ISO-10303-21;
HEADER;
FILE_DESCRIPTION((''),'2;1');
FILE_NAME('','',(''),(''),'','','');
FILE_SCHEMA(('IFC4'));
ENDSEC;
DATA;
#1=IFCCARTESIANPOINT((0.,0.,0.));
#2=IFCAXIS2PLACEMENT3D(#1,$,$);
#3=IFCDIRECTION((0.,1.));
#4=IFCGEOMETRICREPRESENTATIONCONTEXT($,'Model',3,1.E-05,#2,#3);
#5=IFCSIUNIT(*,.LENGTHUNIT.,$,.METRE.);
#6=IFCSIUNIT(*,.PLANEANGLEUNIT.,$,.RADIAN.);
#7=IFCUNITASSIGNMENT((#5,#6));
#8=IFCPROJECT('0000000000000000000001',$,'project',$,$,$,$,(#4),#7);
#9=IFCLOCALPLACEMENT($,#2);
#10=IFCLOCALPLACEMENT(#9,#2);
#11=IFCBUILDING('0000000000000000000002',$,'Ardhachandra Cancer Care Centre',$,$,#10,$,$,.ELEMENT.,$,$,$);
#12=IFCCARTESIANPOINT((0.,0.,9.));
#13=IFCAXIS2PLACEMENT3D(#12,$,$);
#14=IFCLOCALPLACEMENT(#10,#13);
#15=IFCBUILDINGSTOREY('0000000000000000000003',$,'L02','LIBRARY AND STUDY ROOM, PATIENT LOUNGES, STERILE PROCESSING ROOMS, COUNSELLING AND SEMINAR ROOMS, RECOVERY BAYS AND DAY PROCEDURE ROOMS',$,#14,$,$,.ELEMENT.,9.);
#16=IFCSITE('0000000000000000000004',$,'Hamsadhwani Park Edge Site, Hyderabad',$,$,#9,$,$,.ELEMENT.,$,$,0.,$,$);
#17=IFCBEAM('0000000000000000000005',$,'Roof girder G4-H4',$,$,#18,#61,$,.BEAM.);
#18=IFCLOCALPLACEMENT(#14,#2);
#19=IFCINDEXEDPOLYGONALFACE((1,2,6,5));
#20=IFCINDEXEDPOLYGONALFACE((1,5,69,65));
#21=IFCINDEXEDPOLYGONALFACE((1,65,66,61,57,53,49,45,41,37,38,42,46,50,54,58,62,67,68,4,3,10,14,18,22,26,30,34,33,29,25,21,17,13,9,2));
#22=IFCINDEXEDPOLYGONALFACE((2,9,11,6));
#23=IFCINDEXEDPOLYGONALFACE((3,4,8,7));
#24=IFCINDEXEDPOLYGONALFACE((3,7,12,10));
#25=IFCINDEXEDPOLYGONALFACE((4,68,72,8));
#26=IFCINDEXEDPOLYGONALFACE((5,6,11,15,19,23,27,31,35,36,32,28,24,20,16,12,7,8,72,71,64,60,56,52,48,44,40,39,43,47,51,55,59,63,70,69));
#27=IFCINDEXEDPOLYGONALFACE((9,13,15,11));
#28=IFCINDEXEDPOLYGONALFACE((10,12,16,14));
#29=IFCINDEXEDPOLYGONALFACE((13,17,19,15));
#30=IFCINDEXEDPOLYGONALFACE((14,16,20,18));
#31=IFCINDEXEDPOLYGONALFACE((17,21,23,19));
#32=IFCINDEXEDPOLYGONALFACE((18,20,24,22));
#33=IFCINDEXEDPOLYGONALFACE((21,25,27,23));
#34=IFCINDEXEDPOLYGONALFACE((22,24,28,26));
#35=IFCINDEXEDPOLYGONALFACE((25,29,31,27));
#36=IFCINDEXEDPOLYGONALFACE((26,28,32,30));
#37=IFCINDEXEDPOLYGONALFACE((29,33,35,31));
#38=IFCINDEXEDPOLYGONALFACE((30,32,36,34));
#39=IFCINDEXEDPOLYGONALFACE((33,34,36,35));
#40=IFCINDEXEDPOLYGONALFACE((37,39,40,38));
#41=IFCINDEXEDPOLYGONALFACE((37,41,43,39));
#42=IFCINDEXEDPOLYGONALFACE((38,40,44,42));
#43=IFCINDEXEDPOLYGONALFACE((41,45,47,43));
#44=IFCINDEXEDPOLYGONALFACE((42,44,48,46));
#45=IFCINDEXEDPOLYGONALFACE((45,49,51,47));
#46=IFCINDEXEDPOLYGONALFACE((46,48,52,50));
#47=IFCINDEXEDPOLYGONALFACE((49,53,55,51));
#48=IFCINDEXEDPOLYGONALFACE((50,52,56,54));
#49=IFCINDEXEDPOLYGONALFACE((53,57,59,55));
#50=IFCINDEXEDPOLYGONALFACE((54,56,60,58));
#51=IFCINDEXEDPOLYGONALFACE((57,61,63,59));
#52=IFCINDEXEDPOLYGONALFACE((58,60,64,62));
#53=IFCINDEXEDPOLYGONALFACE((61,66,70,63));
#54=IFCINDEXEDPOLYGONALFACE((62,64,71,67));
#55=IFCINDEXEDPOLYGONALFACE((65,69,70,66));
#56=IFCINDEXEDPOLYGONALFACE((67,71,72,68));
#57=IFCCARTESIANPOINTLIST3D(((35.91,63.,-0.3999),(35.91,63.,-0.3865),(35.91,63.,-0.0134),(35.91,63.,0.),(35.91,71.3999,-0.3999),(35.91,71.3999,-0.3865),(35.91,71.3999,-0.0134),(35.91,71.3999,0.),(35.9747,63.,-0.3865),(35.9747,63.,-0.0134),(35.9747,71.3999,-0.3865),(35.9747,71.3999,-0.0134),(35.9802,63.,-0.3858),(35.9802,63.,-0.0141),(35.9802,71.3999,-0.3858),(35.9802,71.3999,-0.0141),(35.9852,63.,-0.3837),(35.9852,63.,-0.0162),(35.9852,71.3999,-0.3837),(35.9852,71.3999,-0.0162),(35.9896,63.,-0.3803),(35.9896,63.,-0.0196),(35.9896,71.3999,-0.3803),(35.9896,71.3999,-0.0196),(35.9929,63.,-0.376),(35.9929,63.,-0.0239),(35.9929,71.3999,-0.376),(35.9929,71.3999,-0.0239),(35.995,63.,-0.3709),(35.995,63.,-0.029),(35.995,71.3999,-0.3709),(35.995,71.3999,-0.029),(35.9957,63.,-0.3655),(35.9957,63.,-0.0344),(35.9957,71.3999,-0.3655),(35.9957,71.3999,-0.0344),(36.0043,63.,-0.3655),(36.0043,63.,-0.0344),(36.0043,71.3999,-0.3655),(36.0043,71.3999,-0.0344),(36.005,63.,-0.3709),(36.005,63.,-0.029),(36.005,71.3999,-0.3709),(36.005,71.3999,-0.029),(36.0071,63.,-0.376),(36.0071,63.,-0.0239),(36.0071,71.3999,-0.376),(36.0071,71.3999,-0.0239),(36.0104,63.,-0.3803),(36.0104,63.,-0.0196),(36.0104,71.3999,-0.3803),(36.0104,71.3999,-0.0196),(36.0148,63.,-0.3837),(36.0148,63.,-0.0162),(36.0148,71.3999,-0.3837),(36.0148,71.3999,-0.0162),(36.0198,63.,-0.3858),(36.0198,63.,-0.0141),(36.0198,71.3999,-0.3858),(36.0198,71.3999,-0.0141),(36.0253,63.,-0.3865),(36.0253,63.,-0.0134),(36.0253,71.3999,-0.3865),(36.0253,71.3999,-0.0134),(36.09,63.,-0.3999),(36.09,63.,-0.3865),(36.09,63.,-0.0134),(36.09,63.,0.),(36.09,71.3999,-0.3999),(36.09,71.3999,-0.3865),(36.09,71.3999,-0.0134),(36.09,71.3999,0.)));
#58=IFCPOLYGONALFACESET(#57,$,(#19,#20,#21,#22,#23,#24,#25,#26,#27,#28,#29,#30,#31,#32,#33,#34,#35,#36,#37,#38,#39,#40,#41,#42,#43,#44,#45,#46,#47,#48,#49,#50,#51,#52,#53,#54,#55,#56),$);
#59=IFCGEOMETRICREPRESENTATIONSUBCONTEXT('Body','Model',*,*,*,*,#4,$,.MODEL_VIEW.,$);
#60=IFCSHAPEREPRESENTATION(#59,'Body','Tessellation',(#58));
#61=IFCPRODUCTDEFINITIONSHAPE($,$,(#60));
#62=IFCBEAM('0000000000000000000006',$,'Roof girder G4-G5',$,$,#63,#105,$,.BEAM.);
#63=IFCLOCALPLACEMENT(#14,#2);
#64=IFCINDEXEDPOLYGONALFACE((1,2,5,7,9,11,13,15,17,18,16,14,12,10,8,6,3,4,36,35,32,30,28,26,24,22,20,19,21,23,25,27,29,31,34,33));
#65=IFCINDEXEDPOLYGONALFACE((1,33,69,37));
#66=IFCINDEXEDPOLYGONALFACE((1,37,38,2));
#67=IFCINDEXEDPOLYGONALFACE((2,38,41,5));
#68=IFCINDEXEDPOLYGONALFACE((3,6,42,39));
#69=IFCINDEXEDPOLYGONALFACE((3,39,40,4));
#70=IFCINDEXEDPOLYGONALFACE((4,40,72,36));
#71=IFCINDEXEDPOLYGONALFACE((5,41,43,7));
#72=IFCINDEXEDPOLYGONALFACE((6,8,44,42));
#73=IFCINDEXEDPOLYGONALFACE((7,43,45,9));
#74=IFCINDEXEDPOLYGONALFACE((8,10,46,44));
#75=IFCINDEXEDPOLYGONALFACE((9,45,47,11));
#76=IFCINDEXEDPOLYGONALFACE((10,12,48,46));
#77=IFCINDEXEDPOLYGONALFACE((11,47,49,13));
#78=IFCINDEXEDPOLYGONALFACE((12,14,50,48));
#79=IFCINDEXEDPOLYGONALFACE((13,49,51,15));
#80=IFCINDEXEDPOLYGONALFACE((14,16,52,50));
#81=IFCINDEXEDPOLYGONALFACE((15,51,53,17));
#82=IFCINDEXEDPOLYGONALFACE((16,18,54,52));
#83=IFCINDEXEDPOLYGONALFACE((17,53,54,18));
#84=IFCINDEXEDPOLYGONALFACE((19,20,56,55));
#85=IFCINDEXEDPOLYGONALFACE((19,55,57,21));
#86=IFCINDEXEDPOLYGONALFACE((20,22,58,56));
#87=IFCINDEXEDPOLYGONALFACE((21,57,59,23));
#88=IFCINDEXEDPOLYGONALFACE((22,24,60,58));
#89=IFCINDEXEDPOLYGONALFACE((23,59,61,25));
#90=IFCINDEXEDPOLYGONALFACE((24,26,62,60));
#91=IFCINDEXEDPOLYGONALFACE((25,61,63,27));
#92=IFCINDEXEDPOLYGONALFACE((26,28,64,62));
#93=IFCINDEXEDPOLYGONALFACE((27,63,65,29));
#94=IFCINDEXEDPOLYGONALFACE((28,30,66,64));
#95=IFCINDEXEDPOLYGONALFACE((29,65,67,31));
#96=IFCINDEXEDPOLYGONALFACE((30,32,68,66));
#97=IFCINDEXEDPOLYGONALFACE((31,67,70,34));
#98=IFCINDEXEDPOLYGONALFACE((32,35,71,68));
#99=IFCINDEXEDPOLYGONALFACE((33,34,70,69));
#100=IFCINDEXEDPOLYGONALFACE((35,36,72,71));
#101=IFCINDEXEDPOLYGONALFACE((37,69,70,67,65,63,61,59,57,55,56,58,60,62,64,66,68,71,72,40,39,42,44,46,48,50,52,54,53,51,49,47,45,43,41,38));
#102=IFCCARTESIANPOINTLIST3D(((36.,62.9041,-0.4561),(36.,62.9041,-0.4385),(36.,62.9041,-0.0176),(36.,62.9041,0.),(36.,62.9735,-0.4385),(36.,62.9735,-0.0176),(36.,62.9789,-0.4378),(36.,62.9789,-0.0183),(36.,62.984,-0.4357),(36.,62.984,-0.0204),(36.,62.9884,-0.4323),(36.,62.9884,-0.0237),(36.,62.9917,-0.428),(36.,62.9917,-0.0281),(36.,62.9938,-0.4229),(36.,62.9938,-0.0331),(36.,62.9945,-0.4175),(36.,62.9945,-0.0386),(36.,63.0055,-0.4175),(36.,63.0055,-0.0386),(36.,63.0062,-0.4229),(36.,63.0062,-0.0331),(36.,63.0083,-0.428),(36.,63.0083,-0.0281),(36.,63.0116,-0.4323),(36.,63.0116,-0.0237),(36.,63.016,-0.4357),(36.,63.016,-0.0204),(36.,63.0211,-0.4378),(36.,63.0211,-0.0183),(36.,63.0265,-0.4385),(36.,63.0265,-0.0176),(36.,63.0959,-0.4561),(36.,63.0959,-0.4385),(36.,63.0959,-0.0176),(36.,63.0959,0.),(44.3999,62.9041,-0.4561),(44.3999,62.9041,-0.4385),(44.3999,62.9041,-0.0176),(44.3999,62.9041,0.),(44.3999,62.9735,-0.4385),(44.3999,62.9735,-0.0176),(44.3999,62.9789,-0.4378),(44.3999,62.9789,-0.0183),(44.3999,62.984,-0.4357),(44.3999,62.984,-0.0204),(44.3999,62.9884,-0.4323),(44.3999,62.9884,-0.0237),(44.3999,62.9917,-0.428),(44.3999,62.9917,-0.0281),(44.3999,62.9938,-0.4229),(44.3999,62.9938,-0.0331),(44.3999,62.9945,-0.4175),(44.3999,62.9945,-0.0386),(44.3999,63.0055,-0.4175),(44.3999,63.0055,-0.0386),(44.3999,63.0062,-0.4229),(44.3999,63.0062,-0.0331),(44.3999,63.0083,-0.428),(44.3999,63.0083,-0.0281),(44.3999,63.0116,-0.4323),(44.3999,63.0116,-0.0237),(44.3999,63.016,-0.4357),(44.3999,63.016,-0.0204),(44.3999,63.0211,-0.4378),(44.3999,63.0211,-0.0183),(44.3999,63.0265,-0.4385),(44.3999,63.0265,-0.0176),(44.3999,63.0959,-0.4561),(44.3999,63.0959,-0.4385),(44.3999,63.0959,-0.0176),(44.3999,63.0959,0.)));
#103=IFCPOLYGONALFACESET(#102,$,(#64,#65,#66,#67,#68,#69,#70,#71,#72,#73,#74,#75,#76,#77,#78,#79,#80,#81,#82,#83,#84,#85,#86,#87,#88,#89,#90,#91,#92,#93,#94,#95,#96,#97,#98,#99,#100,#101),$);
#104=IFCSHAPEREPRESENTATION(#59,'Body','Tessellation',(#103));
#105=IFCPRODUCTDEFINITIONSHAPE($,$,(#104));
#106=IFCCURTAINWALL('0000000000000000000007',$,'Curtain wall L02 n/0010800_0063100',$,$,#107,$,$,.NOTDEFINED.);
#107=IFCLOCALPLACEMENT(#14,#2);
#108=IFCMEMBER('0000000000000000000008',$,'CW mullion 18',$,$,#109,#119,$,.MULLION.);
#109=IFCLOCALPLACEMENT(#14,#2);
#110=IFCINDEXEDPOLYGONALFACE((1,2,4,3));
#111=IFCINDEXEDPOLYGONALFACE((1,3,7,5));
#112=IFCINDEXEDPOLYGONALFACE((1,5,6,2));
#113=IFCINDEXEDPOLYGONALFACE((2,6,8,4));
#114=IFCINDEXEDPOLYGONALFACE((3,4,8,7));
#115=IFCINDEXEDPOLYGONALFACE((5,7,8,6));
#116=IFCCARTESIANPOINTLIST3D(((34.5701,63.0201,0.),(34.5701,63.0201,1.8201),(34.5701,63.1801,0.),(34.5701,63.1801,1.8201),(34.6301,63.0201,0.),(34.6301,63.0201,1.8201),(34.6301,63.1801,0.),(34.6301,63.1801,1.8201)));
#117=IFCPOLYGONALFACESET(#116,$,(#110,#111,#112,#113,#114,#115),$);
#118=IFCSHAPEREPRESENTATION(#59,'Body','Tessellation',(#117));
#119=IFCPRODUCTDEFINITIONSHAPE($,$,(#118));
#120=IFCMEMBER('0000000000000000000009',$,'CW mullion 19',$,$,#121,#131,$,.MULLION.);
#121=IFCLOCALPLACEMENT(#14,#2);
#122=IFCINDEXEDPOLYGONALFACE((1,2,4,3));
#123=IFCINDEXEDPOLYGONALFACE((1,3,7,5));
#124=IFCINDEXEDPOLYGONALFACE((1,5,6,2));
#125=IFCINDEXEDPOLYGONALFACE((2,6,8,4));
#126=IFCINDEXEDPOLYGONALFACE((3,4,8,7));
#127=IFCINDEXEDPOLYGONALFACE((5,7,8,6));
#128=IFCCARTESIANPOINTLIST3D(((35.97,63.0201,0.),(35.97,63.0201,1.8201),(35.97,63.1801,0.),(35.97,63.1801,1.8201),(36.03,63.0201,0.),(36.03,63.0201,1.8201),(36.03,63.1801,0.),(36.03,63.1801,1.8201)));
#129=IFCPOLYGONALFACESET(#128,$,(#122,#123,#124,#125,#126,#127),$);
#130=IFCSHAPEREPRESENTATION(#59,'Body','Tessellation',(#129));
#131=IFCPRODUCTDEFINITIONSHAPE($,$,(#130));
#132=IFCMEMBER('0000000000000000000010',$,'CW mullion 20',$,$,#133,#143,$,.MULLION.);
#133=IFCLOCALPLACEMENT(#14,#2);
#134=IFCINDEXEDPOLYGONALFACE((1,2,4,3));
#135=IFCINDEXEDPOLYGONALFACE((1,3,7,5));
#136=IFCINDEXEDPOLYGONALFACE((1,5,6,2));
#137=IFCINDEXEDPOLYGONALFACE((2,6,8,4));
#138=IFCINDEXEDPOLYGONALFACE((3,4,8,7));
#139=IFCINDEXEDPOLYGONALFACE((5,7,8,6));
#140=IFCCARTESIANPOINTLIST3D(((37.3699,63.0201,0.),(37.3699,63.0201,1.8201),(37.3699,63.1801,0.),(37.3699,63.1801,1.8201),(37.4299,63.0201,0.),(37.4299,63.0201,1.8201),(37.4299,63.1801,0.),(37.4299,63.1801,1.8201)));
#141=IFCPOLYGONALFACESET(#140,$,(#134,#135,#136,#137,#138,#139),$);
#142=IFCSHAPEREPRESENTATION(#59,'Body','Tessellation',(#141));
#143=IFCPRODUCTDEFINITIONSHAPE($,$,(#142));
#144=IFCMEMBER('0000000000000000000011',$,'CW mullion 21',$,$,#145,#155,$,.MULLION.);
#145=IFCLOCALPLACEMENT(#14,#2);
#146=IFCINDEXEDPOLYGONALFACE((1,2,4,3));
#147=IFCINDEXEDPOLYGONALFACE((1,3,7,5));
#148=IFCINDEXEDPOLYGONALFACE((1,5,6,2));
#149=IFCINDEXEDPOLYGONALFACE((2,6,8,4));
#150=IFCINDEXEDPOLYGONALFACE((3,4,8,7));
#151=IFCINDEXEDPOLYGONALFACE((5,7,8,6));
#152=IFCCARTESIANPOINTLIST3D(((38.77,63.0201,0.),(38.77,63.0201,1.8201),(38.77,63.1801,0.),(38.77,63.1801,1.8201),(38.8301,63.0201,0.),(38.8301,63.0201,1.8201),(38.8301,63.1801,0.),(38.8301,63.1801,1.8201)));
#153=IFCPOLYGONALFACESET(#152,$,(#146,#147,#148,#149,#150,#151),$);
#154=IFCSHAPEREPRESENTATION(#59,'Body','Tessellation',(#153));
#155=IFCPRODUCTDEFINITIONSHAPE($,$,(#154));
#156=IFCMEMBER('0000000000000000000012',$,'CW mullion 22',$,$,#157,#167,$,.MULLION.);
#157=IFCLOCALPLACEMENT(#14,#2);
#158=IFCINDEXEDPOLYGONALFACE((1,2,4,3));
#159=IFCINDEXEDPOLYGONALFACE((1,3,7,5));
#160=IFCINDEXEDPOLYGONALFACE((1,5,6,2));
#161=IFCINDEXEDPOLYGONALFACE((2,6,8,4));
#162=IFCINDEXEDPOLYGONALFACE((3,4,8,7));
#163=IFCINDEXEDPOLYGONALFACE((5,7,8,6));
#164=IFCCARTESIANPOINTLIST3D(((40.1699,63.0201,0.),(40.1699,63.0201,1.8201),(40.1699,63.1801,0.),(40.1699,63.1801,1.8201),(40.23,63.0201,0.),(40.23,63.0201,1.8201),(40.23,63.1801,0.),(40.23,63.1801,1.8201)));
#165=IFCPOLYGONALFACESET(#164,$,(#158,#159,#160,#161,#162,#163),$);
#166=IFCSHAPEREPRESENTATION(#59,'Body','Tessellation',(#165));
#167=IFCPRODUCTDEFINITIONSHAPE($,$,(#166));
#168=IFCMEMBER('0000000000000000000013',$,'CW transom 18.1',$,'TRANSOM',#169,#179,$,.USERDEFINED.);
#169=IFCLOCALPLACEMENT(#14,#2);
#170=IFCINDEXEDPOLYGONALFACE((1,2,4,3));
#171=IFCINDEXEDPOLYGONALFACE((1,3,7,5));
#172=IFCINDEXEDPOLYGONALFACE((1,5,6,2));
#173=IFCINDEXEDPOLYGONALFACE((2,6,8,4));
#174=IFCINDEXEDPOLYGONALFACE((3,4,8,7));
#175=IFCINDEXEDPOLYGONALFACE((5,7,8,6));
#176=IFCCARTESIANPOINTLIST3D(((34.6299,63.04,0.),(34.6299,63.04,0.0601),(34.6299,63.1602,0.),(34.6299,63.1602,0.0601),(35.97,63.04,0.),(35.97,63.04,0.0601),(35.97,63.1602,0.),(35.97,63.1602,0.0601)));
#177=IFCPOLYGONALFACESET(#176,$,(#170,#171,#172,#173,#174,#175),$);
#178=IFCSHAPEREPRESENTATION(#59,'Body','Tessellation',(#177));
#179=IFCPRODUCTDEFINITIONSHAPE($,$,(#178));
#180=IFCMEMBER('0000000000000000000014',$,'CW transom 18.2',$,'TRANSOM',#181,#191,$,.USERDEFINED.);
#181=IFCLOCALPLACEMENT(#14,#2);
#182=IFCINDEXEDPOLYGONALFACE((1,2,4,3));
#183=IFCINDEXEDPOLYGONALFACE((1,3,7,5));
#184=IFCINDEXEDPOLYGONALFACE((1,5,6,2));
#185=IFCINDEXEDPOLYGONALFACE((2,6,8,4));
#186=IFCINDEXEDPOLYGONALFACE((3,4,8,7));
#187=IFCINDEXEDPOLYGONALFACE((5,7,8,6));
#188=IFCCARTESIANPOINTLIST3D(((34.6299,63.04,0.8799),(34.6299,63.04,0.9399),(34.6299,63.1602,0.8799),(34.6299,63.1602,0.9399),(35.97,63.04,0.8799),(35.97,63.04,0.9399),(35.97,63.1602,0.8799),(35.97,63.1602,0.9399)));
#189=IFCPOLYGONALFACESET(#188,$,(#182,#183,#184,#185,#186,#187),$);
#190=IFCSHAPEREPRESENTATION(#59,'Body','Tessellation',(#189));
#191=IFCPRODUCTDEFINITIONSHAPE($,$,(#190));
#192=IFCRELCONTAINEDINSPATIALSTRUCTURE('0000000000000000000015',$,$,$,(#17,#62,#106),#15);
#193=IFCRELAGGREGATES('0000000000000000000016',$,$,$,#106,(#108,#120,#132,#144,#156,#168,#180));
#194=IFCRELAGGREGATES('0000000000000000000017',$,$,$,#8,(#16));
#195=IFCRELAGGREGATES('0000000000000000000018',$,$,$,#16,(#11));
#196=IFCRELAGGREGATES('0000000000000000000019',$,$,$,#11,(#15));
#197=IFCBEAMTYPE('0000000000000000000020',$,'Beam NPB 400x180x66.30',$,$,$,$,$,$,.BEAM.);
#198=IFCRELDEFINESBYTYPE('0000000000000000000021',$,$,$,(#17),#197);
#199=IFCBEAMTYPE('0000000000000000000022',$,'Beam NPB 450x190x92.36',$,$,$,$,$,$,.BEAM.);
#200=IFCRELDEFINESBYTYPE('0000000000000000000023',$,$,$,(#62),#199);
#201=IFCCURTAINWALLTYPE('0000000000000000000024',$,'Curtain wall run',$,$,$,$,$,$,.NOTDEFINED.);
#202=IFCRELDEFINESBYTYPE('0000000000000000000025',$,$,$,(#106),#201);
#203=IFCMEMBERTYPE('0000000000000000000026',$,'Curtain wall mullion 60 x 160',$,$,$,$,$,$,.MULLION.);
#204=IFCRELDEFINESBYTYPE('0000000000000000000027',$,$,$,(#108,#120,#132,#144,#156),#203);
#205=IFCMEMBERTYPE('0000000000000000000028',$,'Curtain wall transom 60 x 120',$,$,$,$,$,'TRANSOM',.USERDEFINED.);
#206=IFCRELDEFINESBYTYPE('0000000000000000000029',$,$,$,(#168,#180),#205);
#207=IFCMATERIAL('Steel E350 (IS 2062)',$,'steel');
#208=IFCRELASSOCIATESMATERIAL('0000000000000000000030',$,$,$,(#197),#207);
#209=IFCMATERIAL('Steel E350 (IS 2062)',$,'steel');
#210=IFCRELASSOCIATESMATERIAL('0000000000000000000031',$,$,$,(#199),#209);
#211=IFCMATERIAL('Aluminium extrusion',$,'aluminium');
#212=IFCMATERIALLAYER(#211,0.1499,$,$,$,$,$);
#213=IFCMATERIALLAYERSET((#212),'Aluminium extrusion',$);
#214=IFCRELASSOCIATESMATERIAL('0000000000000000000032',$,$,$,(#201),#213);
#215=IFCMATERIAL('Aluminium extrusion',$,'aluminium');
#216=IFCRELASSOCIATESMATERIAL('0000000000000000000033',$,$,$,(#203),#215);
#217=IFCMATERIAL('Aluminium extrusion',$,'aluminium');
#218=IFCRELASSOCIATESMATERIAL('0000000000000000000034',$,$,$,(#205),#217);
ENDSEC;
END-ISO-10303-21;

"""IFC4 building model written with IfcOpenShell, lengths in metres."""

from ifc_helpers import new_model, si_unit, direction, frame, origin, origin_2d, place, context, subcontext, project, spatial, rectangle, i_section, extrude, material, layer, layer_set, material_profile, profile_set, type_object, element, aggregate, save


model = new_model("IFC4")

# Units and contexts
model_context = context("Model", 3, precision=1e-05, world=origin(), true_north=direction((0.0, 1.0)))
body_context = subcontext(model_context, "Body", "Model", "MODEL_VIEW")
ifc_project = project(units=[si_unit("LENGTHUNIT", "METRE"), si_unit("PLANEANGLEUNIT", "RADIAN")], contexts=[model_context])

# Site, building, storey
site_placement = place(None, origin())
site = spatial("IfcSite", under=ifc_project, at=site_placement, Name="Hamsadhwani Park Edge Site, Hyderabad", CompositionType="ELEMENT", RefElevation=0.0)
building_placement = place(site_placement, origin())
building = spatial("IfcBuilding", under=site, at=building_placement, Name="Ardhachandra Cancer Care Centre", CompositionType="ELEMENT")
storey_placement = place(building_placement, frame((0.0, 0.0, 9.0)))
storey = spatial("IfcBuildingStorey", under=building, at=storey_placement, Name="L02", Description="LIBRARY AND STUDY ROOM, PATIENT LOUNGES, STERILE PROCESSING ROOMS, COUNSELLING AND SEMINAR ROOMS, RECOVERY BAYS AND DAY PROCEDURE ROOMS", CompositionType="ELEMENT", Elevation=9.0)

# Beams
ifc_material_1 = material(Name="Steel E350 (IS 2062)", Category="steel")
ifc_material_profile_1 = material_profile(ifc_material_1, i_section(OverallWidth=0.1799, OverallDepth=0.3999, WebThickness=0.0085, FlangeThickness=0.0134, FilletRadius=0.021, at=origin_2d()), Name="NPB 400x180x66.30")
ifc_profile_set_1 = profile_set([ifc_material_profile_1], Name="Steel E350 (IS 2062)")
beam_type_1 = type_object("IfcBeamType", Name="Beam NPB 400x180x66.30", PredefinedType="BEAM", material=ifc_profile_set_1)
beam_1_placement = place(storey_placement, frame((36.0, 63.0, -0.2), z_axis=(0.0, 1.0, 0.0), x_axis=(-1.0, 0.0, 0.0)))
element("IfcBeam", 1, at=beam_1_placement, inside=storey, type_object=beam_type_1, Name="Roof girder G4-H4", PredefinedType="BEAM", context=body_context, shape_type="SweptSolid", body=[
    extrude(i_section(OverallWidth=0.1799, OverallDepth=0.3999, WebThickness=0.0085, FlangeThickness=0.0134, FilletRadius=0.021, at=origin_2d()), origin(), (0.0, 0.0, 1.0), 8.3999),
])
ifc_material_2 = material(Name="Steel E350 (IS 2062)", Category="steel")
ifc_material_profile_2 = material_profile(ifc_material_2, i_section(OverallWidth=0.1919, OverallDepth=0.4561, WebThickness=0.011, FlangeThickness=0.0176, FilletRadius=0.021, at=origin_2d()), Name="NPB 450x190x92.36")
ifc_profile_set_2 = profile_set([ifc_material_profile_2], Name="Steel E350 (IS 2062)")
beam_type_2 = type_object("IfcBeamType", Name="Beam NPB 450x190x92.36", PredefinedType="BEAM", material=ifc_profile_set_2)
beam_2_placement = place(storey_placement, frame((36.0, 63.0, -0.228), z_axis=(1.0, 0.0, 0.0), x_axis=(0.0, 1.0, 0.0)))
element("IfcBeam", 2, at=beam_2_placement, inside=storey, type_object=beam_type_2, Name="Roof girder G4-G5", PredefinedType="BEAM", context=body_context, shape_type="SweptSolid", body=[
    extrude(i_section(OverallWidth=0.1919, OverallDepth=0.4561, WebThickness=0.011, FlangeThickness=0.0176, FilletRadius=0.021, at=origin_2d()), origin(), (0.0, 0.0, 1.0), 8.3999),
])

# Curtain wall, members
ifc_material_3 = material(Name="Aluminium extrusion", Category="aluminium")
ifc_layer_1 = layer(ifc_material_3, 0.1499)
ifc_layer_set_1 = layer_set([ifc_layer_1], Name="Aluminium extrusion")
curtain_wall_type = type_object("IfcCurtainWallType", Name="Curtain wall run", PredefinedType="NOTDEFINED", material=ifc_layer_set_1)
curtain_wall_placement = place(storey_placement, origin())
curtain_wall = element("IfcCurtainWall", 3, at=curtain_wall_placement, inside=storey, type_object=curtain_wall_type, Name="Curtain wall L02 n/0010800_0063100", PredefinedType="NOTDEFINED")
ifc_material_4 = material(Name="Aluminium extrusion", Category="aluminium")
ifc_material_profile_3 = material_profile(ifc_material_4, rectangle(XDim=0.1599, YDim=0.0601, at=origin_2d()), Name="Curtain wall mullion 60 x 160")
ifc_profile_set_3 = profile_set([ifc_material_profile_3], Name="Aluminium extrusion")
member_type_1 = type_object("IfcMemberType", Name="Curtain wall mullion 60 x 160", PredefinedType="MULLION", material=ifc_profile_set_3)
member_1_placement = place(storey_placement, frame((34.6001, 63.1001, 0.0), z_axis=(0.0, 0.0, 1.0), x_axis=(0.0, 1.0, 0.0)))
member_1 = element("IfcMember", 4, at=member_1_placement, type_object=member_type_1, Name="CW mullion 18", PredefinedType="MULLION", context=body_context, shape_type="SweptSolid", body=[
    extrude(rectangle(XDim=0.1599, YDim=0.0601, at=origin_2d()), origin(), (0.0, 0.0, 1.0), 1.8201),
])
member_2_placement = place(storey_placement, frame((36.0, 63.1001, 0.0), z_axis=(0.0, 0.0, 1.0), x_axis=(0.0, 1.0, 0.0)))
member_2 = element("IfcMember", 5, at=member_2_placement, type_object=member_type_1, Name="CW mullion 19", PredefinedType="MULLION", context=body_context, shape_type="SweptSolid", body=[
    extrude(rectangle(XDim=0.1599, YDim=0.0601, at=origin_2d()), origin(), (0.0, 0.0, 1.0), 1.8201),
])
member_3_placement = place(storey_placement, frame((37.3999, 63.1001, 0.0), z_axis=(0.0, 0.0, 1.0), x_axis=(0.0, 1.0, 0.0)))
member_3 = element("IfcMember", 6, at=member_3_placement, type_object=member_type_1, Name="CW mullion 20", PredefinedType="MULLION", context=body_context, shape_type="SweptSolid", body=[
    extrude(rectangle(XDim=0.1599, YDim=0.0601, at=origin_2d()), origin(), (0.0, 0.0, 1.0), 1.8201),
])
member_4_placement = place(storey_placement, frame((38.8, 63.1001, 0.0), z_axis=(0.0, 0.0, 1.0), x_axis=(0.0, 1.0, 0.0)))
member_4 = element("IfcMember", 7, at=member_4_placement, type_object=member_type_1, Name="CW mullion 21", PredefinedType="MULLION", context=body_context, shape_type="SweptSolid", body=[
    extrude(rectangle(XDim=0.1599, YDim=0.0601, at=origin_2d()), origin(), (0.0, 0.0, 1.0), 1.8201),
])
member_5_placement = place(storey_placement, frame((40.2, 63.1001, 0.0), z_axis=(0.0, 0.0, 1.0), x_axis=(0.0, 1.0, 0.0)))
member_5 = element("IfcMember", 8, at=member_5_placement, type_object=member_type_1, Name="CW mullion 22", PredefinedType="MULLION", context=body_context, shape_type="SweptSolid", body=[
    extrude(rectangle(XDim=0.1599, YDim=0.0601, at=origin_2d()), origin(), (0.0, 0.0, 1.0), 1.8201),
])
ifc_material_5 = material(Name="Aluminium extrusion", Category="aluminium")
ifc_material_profile_4 = material_profile(ifc_material_5, rectangle(XDim=0.1201, YDim=0.0601, at=origin_2d()), Name="Curtain wall transom 60 x 120")
ifc_profile_set_4 = profile_set([ifc_material_profile_4], Name="Aluminium extrusion")
member_type_2 = type_object("IfcMemberType", Name="Curtain wall transom 60 x 120", ElementType="TRANSOM", PredefinedType="USERDEFINED", material=ifc_profile_set_4)
member_6_placement = place(storey_placement, frame((34.6299, 63.1001, 0.03), z_axis=(1.0, 0.0, 0.0), x_axis=(0.0, 1.0, 0.0)))
member_6 = element("IfcMember", 9, at=member_6_placement, type_object=member_type_2, Name="CW transom 18.1", ObjectType="TRANSOM", PredefinedType="USERDEFINED", context=body_context, shape_type="SweptSolid", body=[
    extrude(rectangle(XDim=0.1201, YDim=0.0601, at=origin_2d()), origin(), (0.0, 0.0, 1.0), 1.3401),
])
member_7_placement = place(storey_placement, frame((34.6299, 63.1001, 0.9099), z_axis=(1.0, 0.0, 0.0), x_axis=(0.0, 1.0, 0.0)))
member_7 = element("IfcMember", 10, at=member_7_placement, type_object=member_type_2, Name="CW transom 18.2", ObjectType="TRANSOM", PredefinedType="USERDEFINED", context=body_context, shape_type="SweptSolid", body=[
    extrude(rectangle(XDim=0.1201, YDim=0.0601, at=origin_2d()), origin(), (0.0, 0.0, 1.0), 1.3401),
])

aggregate(curtain_wall, [member_1, member_2, member_3, member_4, member_5, member_6, member_7])

save(model, "model.ifc")
